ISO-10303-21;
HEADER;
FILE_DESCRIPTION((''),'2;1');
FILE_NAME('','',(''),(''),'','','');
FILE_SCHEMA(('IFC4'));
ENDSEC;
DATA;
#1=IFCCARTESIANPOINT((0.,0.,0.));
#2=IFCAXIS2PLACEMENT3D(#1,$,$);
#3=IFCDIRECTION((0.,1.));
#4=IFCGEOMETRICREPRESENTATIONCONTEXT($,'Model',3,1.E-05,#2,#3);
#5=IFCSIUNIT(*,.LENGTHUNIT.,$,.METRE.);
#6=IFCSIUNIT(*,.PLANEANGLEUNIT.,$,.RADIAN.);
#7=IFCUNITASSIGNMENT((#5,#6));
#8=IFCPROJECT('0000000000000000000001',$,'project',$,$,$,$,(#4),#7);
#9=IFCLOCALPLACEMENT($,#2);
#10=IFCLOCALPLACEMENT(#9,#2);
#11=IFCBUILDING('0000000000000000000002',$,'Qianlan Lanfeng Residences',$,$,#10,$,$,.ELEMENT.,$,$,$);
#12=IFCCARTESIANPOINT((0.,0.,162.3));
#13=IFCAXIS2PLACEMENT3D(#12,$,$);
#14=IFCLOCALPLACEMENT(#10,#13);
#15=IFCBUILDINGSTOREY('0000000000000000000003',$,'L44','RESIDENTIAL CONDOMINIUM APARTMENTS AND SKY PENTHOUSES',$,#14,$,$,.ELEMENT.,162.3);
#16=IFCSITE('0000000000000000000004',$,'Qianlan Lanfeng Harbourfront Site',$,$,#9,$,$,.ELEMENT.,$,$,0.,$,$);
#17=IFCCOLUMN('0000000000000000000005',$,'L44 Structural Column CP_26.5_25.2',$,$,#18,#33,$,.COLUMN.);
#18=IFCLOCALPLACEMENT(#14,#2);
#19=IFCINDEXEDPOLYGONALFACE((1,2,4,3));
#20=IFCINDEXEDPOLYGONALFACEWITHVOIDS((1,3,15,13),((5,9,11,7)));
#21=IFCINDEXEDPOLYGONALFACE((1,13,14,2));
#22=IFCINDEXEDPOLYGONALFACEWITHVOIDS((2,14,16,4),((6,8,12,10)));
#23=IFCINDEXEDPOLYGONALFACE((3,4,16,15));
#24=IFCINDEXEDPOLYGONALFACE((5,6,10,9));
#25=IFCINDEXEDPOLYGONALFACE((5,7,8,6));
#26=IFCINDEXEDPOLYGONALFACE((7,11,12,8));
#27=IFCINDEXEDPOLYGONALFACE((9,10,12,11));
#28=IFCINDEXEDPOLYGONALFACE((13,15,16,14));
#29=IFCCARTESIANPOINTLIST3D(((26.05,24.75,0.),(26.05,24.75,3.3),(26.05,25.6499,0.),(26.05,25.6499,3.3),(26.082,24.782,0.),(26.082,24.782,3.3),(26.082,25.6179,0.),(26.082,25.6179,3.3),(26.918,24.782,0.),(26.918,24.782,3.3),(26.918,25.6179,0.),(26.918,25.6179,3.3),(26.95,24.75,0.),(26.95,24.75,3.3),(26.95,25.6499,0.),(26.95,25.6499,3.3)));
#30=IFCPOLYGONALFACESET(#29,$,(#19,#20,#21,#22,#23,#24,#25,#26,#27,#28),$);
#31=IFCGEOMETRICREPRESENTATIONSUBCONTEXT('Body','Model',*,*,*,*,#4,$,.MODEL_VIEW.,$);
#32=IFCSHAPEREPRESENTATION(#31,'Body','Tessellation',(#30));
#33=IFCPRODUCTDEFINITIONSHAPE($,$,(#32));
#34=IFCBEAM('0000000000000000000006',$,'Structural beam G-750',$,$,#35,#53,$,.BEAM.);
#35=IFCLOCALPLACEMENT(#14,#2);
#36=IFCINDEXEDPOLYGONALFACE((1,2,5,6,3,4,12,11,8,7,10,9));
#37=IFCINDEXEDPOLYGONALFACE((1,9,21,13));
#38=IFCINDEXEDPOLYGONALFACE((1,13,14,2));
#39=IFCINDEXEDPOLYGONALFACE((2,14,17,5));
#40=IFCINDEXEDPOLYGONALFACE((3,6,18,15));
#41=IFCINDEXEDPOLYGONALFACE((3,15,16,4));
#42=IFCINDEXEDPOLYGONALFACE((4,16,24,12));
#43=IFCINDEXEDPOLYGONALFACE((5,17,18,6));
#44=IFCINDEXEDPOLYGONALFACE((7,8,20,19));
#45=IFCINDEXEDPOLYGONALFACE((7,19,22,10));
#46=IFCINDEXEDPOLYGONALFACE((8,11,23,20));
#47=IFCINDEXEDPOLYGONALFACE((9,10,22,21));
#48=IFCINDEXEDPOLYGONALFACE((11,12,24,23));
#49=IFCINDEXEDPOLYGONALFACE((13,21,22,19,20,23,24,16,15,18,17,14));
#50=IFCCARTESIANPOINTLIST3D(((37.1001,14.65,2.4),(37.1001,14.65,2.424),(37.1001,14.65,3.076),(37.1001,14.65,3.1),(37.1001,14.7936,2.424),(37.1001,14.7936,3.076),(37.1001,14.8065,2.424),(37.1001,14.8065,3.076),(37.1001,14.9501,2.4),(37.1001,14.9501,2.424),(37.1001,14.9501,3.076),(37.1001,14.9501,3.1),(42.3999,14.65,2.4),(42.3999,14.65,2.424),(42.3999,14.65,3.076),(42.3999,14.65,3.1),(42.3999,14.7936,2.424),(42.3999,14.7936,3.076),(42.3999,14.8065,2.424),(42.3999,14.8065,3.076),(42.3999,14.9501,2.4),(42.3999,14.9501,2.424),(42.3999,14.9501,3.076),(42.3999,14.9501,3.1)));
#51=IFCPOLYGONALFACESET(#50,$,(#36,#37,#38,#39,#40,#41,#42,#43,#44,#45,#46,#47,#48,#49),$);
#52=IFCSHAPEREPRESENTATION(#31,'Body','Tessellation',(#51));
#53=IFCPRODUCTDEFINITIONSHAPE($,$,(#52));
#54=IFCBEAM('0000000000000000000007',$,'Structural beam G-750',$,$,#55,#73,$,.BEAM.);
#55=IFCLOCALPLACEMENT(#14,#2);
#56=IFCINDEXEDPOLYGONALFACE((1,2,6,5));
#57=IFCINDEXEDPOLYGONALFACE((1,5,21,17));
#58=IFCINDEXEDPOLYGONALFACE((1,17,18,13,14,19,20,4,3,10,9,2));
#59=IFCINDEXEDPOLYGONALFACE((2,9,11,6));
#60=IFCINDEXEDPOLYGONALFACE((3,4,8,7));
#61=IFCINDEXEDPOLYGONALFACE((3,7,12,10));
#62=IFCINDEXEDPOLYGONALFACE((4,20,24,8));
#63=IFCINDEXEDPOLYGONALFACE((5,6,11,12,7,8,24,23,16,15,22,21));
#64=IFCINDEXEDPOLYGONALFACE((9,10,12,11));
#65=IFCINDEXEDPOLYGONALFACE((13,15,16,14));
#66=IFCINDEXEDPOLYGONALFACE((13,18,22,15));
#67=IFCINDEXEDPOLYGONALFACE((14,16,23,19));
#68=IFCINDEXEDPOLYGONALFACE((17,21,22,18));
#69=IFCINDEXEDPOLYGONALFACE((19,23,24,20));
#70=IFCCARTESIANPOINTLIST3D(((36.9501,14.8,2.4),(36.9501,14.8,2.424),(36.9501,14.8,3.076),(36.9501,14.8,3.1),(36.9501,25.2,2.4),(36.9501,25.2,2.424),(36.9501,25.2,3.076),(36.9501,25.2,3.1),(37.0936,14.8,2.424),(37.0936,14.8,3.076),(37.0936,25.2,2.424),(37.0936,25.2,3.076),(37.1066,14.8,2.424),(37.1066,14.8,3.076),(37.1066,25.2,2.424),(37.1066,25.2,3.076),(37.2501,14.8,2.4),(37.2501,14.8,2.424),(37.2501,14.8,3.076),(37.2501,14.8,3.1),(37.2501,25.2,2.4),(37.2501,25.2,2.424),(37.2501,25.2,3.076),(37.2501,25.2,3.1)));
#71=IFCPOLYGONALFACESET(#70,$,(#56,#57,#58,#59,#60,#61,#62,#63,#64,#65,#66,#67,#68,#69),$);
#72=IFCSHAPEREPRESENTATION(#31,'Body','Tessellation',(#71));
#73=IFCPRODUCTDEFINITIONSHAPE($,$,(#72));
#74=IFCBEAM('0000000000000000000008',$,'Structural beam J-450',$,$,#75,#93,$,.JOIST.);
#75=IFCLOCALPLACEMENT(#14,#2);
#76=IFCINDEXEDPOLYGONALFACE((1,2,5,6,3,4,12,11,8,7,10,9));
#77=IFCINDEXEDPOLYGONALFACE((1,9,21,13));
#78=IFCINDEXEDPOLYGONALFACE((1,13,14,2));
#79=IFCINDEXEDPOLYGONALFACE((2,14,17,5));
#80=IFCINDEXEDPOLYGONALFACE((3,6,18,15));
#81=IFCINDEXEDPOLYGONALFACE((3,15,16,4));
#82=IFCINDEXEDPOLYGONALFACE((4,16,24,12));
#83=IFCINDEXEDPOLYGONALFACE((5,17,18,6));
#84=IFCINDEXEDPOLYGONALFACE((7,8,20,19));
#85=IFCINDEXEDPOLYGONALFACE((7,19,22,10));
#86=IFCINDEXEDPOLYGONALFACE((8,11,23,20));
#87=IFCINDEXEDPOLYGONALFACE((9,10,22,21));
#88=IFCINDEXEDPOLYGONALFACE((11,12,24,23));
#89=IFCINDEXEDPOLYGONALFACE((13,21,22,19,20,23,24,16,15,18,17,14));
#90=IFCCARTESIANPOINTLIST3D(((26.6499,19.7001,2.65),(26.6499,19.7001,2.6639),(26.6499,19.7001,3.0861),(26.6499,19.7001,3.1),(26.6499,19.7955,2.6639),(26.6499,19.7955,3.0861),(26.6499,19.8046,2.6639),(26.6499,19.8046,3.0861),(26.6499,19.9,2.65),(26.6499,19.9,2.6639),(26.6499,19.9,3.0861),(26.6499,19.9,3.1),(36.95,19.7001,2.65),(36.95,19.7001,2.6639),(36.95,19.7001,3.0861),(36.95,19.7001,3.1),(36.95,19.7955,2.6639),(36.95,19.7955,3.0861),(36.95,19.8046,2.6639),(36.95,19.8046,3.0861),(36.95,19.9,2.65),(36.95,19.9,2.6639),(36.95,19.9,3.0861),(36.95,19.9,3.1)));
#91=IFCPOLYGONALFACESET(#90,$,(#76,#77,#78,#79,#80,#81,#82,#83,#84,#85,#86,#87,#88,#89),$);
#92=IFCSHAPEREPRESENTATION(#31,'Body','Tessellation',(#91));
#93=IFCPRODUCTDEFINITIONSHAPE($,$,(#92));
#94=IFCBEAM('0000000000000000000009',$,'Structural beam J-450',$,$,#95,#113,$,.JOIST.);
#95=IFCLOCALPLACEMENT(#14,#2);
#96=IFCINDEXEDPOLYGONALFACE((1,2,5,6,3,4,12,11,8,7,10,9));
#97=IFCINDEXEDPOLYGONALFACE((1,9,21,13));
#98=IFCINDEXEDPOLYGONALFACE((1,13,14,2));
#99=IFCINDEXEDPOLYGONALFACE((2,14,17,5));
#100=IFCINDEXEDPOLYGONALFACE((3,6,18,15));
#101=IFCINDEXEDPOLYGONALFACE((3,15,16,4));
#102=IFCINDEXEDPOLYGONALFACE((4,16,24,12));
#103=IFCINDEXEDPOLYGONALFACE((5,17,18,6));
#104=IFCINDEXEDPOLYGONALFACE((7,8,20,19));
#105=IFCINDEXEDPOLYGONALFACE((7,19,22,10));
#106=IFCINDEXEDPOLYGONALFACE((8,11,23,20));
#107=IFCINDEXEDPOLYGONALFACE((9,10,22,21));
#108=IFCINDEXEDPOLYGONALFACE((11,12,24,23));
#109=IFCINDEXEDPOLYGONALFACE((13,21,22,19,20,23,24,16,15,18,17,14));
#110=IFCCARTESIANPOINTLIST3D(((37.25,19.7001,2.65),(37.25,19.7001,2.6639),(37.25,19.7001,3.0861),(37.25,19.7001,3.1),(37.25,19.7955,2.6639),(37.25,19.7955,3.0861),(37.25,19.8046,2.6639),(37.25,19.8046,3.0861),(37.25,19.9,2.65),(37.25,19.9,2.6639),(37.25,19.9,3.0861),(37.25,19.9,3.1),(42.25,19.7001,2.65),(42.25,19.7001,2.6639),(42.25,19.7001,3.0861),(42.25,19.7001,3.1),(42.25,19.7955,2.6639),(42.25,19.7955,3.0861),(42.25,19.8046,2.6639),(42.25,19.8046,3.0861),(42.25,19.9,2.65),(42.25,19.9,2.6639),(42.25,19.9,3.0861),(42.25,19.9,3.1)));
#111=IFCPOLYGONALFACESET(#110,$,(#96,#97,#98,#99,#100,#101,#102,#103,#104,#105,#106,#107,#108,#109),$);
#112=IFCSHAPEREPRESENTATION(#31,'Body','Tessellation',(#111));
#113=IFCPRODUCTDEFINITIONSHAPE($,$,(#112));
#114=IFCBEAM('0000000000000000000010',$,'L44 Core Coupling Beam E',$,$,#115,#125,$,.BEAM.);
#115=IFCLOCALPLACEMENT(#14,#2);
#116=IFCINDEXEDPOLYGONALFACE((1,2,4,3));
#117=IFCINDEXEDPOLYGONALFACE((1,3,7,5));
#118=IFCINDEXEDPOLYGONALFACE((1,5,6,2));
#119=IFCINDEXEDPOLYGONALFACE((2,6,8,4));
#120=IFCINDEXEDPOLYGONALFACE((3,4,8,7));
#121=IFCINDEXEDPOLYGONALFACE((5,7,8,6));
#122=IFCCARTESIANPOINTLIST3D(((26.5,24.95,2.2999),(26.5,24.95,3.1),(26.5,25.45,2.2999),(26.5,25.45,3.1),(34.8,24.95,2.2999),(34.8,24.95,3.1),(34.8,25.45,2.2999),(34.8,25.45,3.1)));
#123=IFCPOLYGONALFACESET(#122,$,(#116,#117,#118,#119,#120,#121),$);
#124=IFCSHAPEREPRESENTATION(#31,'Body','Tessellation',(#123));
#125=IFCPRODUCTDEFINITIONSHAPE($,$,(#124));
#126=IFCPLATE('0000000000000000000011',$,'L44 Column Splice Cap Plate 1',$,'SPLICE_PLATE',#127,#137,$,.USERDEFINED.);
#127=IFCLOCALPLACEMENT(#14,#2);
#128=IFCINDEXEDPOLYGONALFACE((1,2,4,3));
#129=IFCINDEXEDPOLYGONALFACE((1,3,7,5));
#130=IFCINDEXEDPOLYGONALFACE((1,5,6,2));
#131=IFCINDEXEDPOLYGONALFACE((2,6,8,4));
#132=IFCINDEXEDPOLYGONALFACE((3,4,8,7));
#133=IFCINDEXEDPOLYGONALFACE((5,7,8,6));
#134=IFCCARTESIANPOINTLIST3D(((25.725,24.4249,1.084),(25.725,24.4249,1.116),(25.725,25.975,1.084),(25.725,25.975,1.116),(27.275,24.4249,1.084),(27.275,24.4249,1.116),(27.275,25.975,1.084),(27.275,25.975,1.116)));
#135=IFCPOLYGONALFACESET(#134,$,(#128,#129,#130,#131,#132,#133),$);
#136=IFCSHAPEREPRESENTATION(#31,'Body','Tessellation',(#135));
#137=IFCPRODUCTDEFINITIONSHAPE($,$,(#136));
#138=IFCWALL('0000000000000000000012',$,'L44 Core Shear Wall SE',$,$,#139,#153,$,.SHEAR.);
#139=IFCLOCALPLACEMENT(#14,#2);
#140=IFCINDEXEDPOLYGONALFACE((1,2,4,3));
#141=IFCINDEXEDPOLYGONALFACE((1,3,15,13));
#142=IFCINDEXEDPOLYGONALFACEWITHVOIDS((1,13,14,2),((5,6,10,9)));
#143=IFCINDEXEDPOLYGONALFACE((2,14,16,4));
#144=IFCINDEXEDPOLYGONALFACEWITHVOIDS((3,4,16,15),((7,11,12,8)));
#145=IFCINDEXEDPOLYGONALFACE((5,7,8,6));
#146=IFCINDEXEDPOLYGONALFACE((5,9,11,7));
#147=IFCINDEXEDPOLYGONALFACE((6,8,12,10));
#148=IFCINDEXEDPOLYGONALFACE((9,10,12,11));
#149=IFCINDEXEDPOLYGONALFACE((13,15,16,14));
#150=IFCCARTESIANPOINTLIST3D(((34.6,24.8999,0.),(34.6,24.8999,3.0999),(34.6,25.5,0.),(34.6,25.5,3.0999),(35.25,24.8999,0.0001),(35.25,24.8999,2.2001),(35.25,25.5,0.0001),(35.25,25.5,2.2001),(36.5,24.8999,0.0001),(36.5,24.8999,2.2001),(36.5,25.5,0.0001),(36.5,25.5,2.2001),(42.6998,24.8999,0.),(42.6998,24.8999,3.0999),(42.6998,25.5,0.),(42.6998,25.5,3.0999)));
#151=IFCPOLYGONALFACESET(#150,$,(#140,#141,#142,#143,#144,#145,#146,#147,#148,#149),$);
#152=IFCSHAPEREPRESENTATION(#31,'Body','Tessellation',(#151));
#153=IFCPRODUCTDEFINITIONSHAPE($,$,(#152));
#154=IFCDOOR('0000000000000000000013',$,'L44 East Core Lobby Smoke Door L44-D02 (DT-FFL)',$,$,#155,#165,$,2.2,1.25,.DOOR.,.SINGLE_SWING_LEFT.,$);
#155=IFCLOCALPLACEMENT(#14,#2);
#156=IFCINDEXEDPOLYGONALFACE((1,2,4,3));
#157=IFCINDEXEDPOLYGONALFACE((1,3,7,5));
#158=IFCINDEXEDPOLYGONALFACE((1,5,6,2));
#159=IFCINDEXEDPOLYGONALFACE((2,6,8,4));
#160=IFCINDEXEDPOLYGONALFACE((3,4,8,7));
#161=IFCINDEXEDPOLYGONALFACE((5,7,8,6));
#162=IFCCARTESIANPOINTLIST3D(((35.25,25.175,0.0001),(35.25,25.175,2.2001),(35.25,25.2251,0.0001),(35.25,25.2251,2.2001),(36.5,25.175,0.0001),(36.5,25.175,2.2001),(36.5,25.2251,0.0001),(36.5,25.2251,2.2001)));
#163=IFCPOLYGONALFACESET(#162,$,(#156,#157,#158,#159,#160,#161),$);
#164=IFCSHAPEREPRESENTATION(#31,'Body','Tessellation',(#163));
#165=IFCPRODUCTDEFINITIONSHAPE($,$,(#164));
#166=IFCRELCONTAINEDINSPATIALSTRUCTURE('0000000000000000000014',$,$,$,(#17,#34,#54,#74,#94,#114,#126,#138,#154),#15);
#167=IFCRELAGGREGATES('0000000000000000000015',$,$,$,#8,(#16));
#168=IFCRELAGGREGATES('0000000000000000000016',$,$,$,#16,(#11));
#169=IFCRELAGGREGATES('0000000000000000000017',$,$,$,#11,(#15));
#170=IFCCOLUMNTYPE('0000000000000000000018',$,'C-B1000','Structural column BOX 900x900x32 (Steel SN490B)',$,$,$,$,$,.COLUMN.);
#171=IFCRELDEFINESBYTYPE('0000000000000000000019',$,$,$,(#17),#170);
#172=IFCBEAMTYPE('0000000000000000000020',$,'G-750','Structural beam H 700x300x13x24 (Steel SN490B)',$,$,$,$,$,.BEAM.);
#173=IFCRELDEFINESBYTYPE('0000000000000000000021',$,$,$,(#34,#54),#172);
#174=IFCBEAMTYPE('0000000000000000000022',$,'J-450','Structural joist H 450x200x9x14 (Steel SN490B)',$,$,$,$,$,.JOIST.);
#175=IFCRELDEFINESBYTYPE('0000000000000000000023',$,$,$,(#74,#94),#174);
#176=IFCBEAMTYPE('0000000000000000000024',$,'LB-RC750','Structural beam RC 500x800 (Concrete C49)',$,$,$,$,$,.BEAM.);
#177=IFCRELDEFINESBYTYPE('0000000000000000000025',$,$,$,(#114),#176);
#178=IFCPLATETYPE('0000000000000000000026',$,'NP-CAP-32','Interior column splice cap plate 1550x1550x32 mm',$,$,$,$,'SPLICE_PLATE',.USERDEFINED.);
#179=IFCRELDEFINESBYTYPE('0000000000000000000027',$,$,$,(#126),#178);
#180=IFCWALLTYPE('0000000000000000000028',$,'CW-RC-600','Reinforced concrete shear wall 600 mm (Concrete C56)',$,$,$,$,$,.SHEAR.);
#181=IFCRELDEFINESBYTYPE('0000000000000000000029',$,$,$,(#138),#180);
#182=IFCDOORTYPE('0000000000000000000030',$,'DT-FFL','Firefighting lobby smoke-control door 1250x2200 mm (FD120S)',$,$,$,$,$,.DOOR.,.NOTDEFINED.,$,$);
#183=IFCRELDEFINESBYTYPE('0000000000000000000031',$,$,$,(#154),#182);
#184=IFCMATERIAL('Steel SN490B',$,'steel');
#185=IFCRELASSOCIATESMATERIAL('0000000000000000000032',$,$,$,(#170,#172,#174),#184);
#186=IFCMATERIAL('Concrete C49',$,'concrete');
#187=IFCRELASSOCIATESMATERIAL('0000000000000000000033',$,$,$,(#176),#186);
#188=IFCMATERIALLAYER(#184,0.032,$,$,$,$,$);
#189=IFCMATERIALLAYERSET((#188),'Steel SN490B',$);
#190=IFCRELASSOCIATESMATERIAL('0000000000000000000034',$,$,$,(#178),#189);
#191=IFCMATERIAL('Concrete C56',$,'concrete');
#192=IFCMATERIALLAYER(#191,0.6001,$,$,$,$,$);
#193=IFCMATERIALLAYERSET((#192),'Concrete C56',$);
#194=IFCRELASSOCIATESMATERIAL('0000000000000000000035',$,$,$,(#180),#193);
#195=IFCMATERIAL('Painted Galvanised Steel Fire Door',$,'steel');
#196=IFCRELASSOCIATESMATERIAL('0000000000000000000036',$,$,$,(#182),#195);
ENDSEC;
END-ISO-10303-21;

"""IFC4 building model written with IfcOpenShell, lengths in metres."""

from ifc_helpers import new_model, si_unit, direction, frame, frame_2d, origin, origin_2d, place, context, subcontext, project, spatial, rectangle, hollow_rectangle, i_section, extrude, source, transform, mapped, material, layer, layer_set, material_profile, profile_set, type_object, element, fill, save


model = new_model("IFC4")

# Units and contexts
model_context = context("Model", 3, precision=1e-05, world=origin(), true_north=direction((0.0, 1.0)))
body_context = subcontext(model_context, "Body", "Model", "MODEL_VIEW")
ifc_project = project(units=[si_unit("LENGTHUNIT", "METRE"), si_unit("PLANEANGLEUNIT", "RADIAN")], contexts=[model_context])

# Site, building, storey
site_placement = place(None, origin())
site = spatial("IfcSite", under=ifc_project, at=site_placement, Name="Qianlan Lanfeng Harbourfront Site", CompositionType="ELEMENT", RefElevation=0.0)
building_placement = place(site_placement, origin())
building = spatial("IfcBuilding", under=site, at=building_placement, Name="Qianlan Lanfeng Residences", CompositionType="ELEMENT")
storey_placement = place(building_placement, frame((0.0, 0.0, 162.3)))
storey = spatial("IfcBuildingStorey", under=building, at=storey_placement, Name="L44", Description="RESIDENTIAL CONDOMINIUM APARTMENTS AND SKY PENTHOUSES", CompositionType="ELEMENT", Elevation=162.3)

# Column
ifc_material_1 = material(Name="Steel SN490B", Category="steel")
ifc_material_profile_1 = material_profile(ifc_material_1, hollow_rectangle(XDim=0.8999, YDim=0.8999, WallThickness=0.032, at=origin_2d()), Name="BOX 900x900x32")
ifc_profile_set_1 = profile_set([ifc_material_profile_1], Name="Steel SN490B")
column_type = type_object("IfcColumnType", Name="C-B1000", Description="Structural column BOX 900x900x32 (Steel SN490B)", PredefinedType="COLUMN", material=ifc_profile_set_1)
column_placement = place(storey_placement, frame((26.5, 25.2, 0.0), z_axis=(0.0, 0.0, 1.0), x_axis=(1.0, 0.0, 0.0)))
element("IfcColumn", 1, at=column_placement, inside=storey, type_object=column_type, Name="L44 Structural Column CP_26.5_25.2", PredefinedType="COLUMN", context=body_context, shape_type="SweptSolid", body=[
    extrude(hollow_rectangle(XDim=0.8999, YDim=0.8999, WallThickness=0.032, at=origin_2d()), origin(), (0.0, 0.0, 1.0), 3.3),
])

# Beams
ifc_material_profile_2 = material_profile(ifc_material_1, i_section(OverallWidth=0.3, OverallDepth=0.7, WebThickness=0.0129, FlangeThickness=0.0239, at=origin_2d()), Name="H 700x300x13x24")
ifc_profile_set_2 = profile_set([ifc_material_profile_2], Name="Steel SN490B")
beam_type_1 = type_object("IfcBeamType", Name="G-750", Description="Structural beam H 700x300x13x24 (Steel SN490B)", PredefinedType="BEAM", material=ifc_profile_set_2)
beam_1_placement = place(storey_placement, frame((37.1001, 14.8, 2.75), z_axis=(1.0, 0.0, 0.0), x_axis=(0.0, 1.0, 0.0)))
element("IfcBeam", 2, at=beam_1_placement, inside=storey, type_object=beam_type_1, Name="Structural beam G-750", PredefinedType="BEAM", context=body_context, shape_type="SweptSolid", body=[
    extrude(i_section(OverallWidth=0.3, OverallDepth=0.7, WebThickness=0.0129, FlangeThickness=0.0239, at=origin_2d()), origin(), (0.0, 0.0, 1.0), 5.2998),
])
beam_2_placement = place(storey_placement, frame((37.1001, 14.8, 2.75), z_axis=(0.0, 1.0, 0.0), x_axis=(-1.0, 0.0, 0.0)))
element("IfcBeam", 3, at=beam_2_placement, inside=storey, type_object=beam_type_1, Name="Structural beam G-750", PredefinedType="BEAM", context=body_context, shape_type="SweptSolid", body=[
    extrude(i_section(OverallWidth=0.3, OverallDepth=0.7, WebThickness=0.0129, FlangeThickness=0.0239, at=origin_2d()), origin(), (0.0, 0.0, 1.0), 10.3999),
])
ifc_material_profile_3 = material_profile(ifc_material_1, i_section(OverallWidth=0.2, OverallDepth=0.45, WebThickness=0.009, FlangeThickness=0.0139, at=origin_2d()), Name="H 450x200x9x14")
ifc_profile_set_3 = profile_set([ifc_material_profile_3], Name="Steel SN490B")
beam_type_2 = type_object("IfcBeamType", Name="J-450", Description="Structural joist H 450x200x9x14 (Steel SN490B)", PredefinedType="JOIST", material=ifc_profile_set_3)
beam_3_placement = place(storey_placement, frame((26.6499, 19.8, 2.875), z_axis=(1.0, 0.0, 0.0), x_axis=(0.0, 1.0, 0.0)))
element("IfcBeam", 4, at=beam_3_placement, inside=storey, type_object=beam_type_2, Name="Structural beam J-450", PredefinedType="JOIST", context=body_context, shape_type="SweptSolid", body=[
    extrude(i_section(OverallWidth=0.2, OverallDepth=0.45, WebThickness=0.009, FlangeThickness=0.0139, at=origin_2d()), origin(), (0.0, 0.0, 1.0), 10.3),
])
beam_4_placement = place(storey_placement, frame((37.25, 19.8, 2.875), z_axis=(1.0, 0.0, 0.0), x_axis=(0.0, 1.0, 0.0)))
element("IfcBeam", 5, at=beam_4_placement, inside=storey, type_object=beam_type_2, Name="Structural beam J-450", PredefinedType="JOIST", context=body_context, shape_type="SweptSolid", body=[
    extrude(i_section(OverallWidth=0.2, OverallDepth=0.45, WebThickness=0.009, FlangeThickness=0.0139, at=origin_2d()), origin(), (0.0, 0.0, 1.0), 5.0),
])
ifc_material_2 = material(Name="Concrete C49", Category="concrete")
ifc_material_profile_4 = material_profile(ifc_material_2, rectangle(XDim=0.5, YDim=0.8, at=origin_2d()), Name="RC 500x800")
ifc_profile_set_4 = profile_set([ifc_material_profile_4], Name="Concrete C49")
beam_type_3 = type_object("IfcBeamType", Name="LB-RC750", Description="Structural beam RC 500x800 (Concrete C49)", PredefinedType="BEAM", material=ifc_profile_set_4)
beam_5_placement = place(storey_placement, frame((26.5, 25.2, 2.7), z_axis=(1.0, 0.0, 0.0), x_axis=(0.0, 1.0, 0.0)))
element("IfcBeam", 6, at=beam_5_placement, inside=storey, type_object=beam_type_3, Name="L44 Core Coupling Beam E", PredefinedType="BEAM", context=body_context, shape_type="SweptSolid", body=[
    extrude(rectangle(XDim=0.5, YDim=0.8, at=origin_2d()), origin(), (0.0, 0.0, 1.0), 8.3),
])

# Plate
ifc_layer_1 = layer(ifc_material_1, 0.032)
ifc_layer_set_1 = layer_set([ifc_layer_1], Name="Steel SN490B")
plate_type = type_object("IfcPlateType", Name="NP-CAP-32", Description="Interior column splice cap plate 1550x1550x32 mm", ElementType="SPLICE_PLATE", PredefinedType="USERDEFINED", material=ifc_layer_set_1)
shared_shape = source(origin(), body_context, "Body", "SweptSolid", [
    extrude(rectangle(XDim=1.55, YDim=1.55, at=origin_2d()), origin(), (0.0, 0.0, 1.0), 0.032),
])
plate_placement = place(storey_placement, frame((26.5, 25.2, 1.084), z_axis=(0.0, 0.0, 1.0), x_axis=(1.0, 0.0, 0.0)))
element("IfcPlate", 7, at=plate_placement, inside=storey, type_object=plate_type, Name="L44 Column Splice Cap Plate 1", ObjectType="SPLICE_PLATE", PredefinedType="USERDEFINED", context=body_context, shape_type="MappedRepresentation", body=[
    mapped(shared_shape, transform((0.0, 0.0, 0.0), scale=1.0)),
])

# Wall, opening, door
ifc_material_3 = material(Name="Concrete C56", Category="concrete")
ifc_layer_2 = layer(ifc_material_3, 0.6001)
ifc_layer_set_2 = layer_set([ifc_layer_2], Name="Concrete C56")
wall_type_1 = type_object("IfcWallType", Name="CW-RC-600", Description="Reinforced concrete shear wall 600 mm (Concrete C56)", PredefinedType="SHEAR", material=ifc_layer_set_2)
wall_1_placement = place(storey_placement, frame((34.6001, 25.2, 0.0), z_axis=(0.0, 0.0, 1.0), x_axis=(1.0, 0.0, 0.0)))
wall_1 = element("IfcWall", 8, at=wall_1_placement, inside=storey, type_object=wall_type_1, Name="L44 Core Shear Wall SE", PredefinedType="SHEAR", context=body_context, shape_type="SweptSolid", body=[
    extrude(rectangle(XDim=8.0999, YDim=0.6001, at=frame_2d((4.0498, 0.0))), origin(), (0.0, 0.0, 1.0), 3.0999),
])
opening_1_placement = place(wall_1_placement, frame((0.6499, 0.0, 0.0)))
opening_1 = element("IfcOpeningElement", 9, at=opening_1_placement, cuts=wall_1, PredefinedType="OPENING", context=body_context, shape_type="SweptSolid", body=[
    extrude(rectangle(XDim=1.25, YDim=2.2, at=frame_2d((0.625, 1.1001))), frame((0.0, 0.3101, 0.0), z_axis=(0.0, -1.0, 0.0), x_axis=(1.0, 0.0, 0.0)), (0.0, 0.0, 1.0), 0.6201),
])
ifc_material_4 = material(Name="Painted Galvanised Steel Fire Door", Category="steel")
door_type_1 = type_object("IfcDoorType", Name="DT-FFL", Description="Firefighting lobby smoke-control door 1250x2200 mm (FD120S)", OperationType="NOTDEFINED", PredefinedType="DOOR", material=ifc_material_4)
door_1_placement = place(opening_1_placement, frame((1.25, 0.0, 0.0), z_axis=(0.0, 0.0, 1.0), x_axis=(-1.0, 0.0, 0.0)))
door_1 = element("IfcDoor", 10, at=door_1_placement, inside=storey, type_object=door_type_1, Name="L44 East Core Lobby Smoke Door L44-D02 (DT-FFL)", OperationType="SINGLE_SWING_LEFT", OverallHeight=2.2, OverallWidth=1.25, PredefinedType="DOOR", context=body_context, shape_type="SweptSolid", body=[
    extrude(rectangle(XDim=1.25, YDim=2.2, at=frame_2d((0.625, 1.1001))), frame((0.0, 0.0249, 0.0), z_axis=(0.0, -1.0, 0.0), x_axis=(1.0, 0.0, 0.0)), (0.0, 0.0, 1.0), 0.05),
])
fill(opening_1, door_1)

save(model, "model.ifc")
